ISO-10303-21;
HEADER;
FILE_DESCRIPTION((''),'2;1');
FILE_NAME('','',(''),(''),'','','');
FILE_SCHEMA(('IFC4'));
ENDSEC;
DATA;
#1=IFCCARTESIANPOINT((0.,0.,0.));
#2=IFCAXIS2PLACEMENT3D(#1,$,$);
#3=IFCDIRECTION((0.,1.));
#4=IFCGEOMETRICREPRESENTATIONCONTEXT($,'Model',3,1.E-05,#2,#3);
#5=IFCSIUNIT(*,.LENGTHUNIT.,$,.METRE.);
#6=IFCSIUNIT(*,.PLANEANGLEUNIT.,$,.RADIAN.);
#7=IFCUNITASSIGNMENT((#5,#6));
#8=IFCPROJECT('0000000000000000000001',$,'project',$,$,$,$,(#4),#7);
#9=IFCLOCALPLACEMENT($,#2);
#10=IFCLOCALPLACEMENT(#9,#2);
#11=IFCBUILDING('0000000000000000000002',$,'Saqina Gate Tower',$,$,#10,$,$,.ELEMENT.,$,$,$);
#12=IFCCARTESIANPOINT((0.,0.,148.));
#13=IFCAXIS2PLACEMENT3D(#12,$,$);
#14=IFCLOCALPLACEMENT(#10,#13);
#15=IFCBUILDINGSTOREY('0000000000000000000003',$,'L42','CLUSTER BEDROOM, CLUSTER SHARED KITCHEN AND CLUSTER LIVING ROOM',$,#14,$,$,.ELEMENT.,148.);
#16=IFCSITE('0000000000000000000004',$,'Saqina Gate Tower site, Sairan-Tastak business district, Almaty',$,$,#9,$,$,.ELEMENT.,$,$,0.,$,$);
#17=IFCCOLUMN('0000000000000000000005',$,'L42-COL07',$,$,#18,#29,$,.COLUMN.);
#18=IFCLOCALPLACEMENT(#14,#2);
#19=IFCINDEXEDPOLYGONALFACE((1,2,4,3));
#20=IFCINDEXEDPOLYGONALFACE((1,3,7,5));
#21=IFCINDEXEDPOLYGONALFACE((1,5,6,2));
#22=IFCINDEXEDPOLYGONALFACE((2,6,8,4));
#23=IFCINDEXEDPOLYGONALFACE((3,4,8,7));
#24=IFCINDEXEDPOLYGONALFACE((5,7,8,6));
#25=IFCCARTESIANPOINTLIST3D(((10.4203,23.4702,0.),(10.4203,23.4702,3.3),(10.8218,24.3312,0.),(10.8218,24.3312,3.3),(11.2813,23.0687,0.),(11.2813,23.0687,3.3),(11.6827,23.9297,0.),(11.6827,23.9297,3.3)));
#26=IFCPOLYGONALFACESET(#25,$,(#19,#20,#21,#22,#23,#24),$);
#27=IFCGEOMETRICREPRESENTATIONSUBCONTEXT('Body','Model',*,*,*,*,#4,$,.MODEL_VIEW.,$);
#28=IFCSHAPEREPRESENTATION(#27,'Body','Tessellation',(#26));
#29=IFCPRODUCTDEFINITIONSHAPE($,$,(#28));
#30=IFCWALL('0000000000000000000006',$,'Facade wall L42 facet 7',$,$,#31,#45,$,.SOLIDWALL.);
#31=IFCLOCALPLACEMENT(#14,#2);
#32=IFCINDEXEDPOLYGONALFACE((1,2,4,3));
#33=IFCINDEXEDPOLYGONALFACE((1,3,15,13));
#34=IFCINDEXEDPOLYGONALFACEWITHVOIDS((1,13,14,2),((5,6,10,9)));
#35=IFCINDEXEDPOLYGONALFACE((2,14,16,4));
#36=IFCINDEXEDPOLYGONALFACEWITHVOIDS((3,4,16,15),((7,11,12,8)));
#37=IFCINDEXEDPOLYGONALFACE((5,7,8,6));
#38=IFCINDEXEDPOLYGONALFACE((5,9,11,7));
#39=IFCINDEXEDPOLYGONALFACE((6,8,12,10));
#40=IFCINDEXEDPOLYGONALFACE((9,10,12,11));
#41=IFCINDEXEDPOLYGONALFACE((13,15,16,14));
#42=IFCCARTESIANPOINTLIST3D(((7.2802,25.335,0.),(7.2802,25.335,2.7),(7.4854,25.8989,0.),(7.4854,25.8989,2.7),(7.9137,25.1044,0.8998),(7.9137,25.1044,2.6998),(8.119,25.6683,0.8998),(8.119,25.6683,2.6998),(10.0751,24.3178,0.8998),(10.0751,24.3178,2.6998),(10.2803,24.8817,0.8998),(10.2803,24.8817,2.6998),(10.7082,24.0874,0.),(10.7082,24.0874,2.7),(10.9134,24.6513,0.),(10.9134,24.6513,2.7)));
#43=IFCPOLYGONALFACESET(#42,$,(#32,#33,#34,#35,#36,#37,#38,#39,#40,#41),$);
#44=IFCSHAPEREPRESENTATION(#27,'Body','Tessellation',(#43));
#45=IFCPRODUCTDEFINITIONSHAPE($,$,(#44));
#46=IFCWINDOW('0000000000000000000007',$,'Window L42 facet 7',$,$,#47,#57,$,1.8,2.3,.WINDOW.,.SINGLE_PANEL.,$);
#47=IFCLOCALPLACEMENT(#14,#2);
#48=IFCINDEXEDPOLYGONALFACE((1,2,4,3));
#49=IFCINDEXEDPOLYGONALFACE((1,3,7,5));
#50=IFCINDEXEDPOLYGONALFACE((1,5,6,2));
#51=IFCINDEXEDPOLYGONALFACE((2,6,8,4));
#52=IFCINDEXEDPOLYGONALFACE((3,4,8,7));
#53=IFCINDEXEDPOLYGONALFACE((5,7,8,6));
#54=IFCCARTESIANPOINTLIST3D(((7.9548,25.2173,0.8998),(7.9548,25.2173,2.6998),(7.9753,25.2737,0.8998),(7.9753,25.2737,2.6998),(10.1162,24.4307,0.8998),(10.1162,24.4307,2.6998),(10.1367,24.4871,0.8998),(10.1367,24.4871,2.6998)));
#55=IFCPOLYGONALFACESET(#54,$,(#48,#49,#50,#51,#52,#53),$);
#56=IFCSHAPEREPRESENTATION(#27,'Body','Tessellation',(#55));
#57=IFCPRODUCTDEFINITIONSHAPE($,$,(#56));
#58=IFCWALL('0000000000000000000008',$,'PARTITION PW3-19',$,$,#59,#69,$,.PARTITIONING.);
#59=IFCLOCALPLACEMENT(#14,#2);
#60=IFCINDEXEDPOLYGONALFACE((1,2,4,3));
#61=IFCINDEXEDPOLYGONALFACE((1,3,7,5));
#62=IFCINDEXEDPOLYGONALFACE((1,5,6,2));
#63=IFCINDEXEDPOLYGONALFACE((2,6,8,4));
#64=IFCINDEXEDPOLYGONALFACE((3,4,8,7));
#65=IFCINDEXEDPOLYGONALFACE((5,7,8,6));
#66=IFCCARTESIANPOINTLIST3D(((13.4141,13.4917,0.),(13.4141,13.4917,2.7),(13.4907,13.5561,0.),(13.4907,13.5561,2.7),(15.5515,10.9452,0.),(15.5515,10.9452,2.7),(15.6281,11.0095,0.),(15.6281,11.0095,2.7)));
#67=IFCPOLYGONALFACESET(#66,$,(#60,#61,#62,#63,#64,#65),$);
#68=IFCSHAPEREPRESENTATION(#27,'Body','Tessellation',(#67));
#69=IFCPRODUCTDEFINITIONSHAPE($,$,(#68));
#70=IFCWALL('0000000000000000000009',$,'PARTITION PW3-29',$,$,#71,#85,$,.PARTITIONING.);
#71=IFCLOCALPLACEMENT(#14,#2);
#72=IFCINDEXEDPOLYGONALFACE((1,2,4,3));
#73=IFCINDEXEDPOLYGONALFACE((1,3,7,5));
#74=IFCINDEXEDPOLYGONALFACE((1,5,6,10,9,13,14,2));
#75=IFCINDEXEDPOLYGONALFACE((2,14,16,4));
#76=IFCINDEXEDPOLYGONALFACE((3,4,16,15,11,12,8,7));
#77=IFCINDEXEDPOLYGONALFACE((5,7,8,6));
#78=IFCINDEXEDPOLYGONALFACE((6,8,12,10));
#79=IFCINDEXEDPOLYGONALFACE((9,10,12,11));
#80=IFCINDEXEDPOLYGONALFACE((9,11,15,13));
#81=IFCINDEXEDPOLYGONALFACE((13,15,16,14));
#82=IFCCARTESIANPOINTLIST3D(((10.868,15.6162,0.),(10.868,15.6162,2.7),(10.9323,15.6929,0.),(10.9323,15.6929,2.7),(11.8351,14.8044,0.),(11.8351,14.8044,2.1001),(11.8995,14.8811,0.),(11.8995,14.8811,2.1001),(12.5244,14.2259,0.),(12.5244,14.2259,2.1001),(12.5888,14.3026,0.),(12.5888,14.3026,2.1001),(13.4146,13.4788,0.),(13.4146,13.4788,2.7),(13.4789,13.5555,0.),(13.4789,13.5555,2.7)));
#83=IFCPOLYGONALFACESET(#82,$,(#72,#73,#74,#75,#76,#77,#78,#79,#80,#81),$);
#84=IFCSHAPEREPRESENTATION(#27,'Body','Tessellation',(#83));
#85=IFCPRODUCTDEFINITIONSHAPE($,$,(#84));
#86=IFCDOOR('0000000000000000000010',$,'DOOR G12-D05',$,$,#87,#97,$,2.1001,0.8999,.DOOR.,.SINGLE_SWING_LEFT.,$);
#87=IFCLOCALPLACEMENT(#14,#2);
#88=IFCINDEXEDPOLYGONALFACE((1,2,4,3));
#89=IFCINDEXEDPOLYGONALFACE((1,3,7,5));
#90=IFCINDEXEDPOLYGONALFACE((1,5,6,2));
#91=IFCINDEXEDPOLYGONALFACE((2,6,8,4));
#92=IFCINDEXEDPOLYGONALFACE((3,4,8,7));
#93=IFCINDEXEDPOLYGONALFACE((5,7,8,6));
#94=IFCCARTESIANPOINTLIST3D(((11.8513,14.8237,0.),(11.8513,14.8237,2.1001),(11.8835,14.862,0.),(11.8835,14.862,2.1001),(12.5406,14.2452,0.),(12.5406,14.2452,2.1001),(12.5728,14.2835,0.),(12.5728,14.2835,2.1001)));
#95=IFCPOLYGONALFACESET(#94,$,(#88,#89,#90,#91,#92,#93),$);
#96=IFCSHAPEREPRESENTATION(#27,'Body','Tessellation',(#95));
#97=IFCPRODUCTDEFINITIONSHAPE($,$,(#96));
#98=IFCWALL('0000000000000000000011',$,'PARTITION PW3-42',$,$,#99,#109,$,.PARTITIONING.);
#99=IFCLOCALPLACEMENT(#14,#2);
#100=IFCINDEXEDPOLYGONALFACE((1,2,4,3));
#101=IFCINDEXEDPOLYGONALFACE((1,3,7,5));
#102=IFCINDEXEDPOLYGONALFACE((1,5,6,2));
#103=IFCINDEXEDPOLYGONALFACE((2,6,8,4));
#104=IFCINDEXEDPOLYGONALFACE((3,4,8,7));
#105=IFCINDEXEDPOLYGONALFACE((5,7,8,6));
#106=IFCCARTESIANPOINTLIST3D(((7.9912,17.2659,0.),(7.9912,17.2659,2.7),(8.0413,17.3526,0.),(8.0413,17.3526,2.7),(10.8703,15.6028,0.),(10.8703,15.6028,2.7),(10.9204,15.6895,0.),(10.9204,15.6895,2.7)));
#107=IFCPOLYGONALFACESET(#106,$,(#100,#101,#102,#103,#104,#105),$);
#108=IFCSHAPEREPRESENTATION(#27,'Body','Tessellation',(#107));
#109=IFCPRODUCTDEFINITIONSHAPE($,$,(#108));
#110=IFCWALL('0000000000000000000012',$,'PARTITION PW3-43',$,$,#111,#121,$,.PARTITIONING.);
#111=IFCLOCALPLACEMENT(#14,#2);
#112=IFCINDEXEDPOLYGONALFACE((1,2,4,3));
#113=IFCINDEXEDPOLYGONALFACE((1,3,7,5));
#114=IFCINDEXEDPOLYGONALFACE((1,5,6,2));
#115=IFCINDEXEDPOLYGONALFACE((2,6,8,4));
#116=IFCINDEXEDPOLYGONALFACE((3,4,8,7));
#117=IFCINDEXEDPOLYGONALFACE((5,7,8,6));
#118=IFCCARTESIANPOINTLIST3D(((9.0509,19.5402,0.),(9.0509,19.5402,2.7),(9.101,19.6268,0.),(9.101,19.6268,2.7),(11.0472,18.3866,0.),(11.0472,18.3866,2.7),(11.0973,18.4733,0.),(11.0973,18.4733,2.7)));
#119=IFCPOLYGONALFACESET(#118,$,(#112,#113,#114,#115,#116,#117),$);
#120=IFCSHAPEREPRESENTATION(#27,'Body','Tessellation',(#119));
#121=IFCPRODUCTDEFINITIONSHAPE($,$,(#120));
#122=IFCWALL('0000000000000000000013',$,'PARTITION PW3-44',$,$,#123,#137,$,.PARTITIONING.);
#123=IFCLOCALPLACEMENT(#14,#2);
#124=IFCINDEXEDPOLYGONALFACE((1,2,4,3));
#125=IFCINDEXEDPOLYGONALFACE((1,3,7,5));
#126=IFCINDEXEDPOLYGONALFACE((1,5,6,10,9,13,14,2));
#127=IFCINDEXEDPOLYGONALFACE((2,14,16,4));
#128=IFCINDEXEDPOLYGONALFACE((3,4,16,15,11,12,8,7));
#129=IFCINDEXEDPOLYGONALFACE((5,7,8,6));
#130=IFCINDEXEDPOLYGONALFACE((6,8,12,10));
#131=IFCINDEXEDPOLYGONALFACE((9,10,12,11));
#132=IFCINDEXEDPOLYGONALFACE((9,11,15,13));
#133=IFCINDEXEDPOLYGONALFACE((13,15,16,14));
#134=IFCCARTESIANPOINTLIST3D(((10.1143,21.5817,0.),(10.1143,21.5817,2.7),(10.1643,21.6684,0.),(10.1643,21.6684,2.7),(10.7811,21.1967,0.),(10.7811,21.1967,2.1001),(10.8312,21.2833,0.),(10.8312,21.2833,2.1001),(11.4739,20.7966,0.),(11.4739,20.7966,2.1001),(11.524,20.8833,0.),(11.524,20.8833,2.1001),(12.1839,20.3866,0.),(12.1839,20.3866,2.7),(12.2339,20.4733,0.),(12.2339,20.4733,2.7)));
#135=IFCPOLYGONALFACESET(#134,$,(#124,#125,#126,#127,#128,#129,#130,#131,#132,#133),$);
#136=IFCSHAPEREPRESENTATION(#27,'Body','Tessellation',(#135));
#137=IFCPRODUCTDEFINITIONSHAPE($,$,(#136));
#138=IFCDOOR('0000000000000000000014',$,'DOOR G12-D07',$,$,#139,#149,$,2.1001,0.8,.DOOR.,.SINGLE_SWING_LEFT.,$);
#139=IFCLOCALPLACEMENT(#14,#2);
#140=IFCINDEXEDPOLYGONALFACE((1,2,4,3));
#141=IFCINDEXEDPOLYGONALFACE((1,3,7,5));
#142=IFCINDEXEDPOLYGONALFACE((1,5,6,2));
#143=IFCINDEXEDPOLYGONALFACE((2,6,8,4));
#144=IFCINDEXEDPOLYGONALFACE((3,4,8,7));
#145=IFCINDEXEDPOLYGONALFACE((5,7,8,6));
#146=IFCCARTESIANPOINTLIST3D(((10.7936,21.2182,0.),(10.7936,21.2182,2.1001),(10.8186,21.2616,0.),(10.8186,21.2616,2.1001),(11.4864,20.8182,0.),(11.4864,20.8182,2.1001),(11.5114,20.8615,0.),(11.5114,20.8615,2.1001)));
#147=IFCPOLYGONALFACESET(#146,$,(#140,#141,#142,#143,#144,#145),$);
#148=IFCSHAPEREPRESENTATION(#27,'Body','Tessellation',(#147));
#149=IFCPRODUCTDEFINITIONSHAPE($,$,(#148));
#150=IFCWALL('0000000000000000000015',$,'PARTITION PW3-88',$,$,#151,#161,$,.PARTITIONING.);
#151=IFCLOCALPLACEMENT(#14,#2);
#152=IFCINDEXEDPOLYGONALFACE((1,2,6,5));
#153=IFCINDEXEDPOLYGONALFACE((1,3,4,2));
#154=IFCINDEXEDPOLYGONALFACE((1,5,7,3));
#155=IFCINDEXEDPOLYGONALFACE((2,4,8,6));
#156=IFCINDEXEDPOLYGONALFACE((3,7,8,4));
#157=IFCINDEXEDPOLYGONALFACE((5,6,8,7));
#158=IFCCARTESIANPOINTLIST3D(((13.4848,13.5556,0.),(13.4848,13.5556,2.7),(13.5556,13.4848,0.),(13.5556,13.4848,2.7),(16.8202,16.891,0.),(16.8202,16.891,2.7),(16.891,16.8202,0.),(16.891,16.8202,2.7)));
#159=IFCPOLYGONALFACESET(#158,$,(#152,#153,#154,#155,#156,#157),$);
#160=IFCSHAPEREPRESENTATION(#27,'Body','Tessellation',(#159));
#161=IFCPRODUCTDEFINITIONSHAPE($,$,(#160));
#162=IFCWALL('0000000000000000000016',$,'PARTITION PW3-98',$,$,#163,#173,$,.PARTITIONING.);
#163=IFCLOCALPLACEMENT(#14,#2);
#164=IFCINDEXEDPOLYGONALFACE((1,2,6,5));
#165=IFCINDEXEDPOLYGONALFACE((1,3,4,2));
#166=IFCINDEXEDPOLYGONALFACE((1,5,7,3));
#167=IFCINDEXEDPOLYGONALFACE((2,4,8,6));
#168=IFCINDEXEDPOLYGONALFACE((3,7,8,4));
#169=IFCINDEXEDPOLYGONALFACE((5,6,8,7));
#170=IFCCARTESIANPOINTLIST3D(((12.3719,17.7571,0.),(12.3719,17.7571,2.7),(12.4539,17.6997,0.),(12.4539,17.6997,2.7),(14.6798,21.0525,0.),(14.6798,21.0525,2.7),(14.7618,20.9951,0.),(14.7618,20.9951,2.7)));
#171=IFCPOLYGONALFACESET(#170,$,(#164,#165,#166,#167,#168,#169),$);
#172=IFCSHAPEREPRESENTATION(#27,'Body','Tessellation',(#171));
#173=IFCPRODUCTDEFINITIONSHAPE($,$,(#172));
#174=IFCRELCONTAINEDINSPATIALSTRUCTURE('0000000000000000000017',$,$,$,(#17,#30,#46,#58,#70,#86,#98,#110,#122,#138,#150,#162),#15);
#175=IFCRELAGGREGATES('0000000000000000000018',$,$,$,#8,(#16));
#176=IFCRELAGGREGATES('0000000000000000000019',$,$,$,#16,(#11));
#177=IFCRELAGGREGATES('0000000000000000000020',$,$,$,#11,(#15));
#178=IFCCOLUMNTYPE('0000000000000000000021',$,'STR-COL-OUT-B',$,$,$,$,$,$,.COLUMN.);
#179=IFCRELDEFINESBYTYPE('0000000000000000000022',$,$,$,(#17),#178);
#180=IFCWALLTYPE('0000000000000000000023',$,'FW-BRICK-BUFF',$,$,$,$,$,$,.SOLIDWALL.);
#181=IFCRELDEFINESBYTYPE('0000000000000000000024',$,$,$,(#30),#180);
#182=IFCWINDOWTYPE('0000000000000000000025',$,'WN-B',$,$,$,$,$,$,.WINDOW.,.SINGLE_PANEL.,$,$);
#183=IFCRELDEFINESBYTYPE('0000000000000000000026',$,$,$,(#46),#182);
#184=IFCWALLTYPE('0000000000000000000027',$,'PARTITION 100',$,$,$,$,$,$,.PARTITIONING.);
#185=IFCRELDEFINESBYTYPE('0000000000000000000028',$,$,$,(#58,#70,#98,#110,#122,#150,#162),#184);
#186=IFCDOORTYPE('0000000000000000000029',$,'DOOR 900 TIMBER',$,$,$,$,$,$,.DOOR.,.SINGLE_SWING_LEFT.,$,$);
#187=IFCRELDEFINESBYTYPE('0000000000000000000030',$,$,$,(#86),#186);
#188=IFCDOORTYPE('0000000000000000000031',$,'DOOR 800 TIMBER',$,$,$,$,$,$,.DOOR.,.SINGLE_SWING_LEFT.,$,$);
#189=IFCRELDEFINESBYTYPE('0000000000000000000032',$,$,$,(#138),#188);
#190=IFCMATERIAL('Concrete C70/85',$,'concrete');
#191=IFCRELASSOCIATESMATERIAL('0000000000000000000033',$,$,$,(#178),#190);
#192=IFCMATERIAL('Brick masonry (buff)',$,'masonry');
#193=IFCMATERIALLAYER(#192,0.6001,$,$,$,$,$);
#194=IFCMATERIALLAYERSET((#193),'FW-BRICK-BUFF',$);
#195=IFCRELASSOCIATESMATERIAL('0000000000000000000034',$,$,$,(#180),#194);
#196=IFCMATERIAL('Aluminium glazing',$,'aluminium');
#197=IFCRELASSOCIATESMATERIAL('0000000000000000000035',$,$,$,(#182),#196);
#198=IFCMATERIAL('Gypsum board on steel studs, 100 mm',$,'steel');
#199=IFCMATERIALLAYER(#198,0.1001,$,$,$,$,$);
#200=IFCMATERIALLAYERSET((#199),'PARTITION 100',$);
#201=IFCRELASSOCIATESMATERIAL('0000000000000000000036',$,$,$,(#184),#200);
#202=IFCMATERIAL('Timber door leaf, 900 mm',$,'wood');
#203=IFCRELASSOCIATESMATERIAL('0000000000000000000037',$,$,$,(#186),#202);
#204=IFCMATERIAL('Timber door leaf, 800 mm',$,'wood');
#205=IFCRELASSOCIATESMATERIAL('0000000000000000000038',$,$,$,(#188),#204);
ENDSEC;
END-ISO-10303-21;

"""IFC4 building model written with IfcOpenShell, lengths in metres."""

from ifc_helpers import new_model, si_unit, direction, frame, frame_2d, origin, origin_2d, place, context, subcontext, project, spatial, rectangle, extrude, material, layer, layer_set, material_profile, profile_set, type_object, element, fill, save


model = new_model("IFC4")

# Units and contexts
model_context = context("Model", 3, precision=1e-05, world=origin(), true_north=direction((0.0, 1.0)))
body_context = subcontext(model_context, "Body", "Model", "MODEL_VIEW")
ifc_project = project(units=[si_unit("LENGTHUNIT", "METRE"), si_unit("PLANEANGLEUNIT", "RADIAN")], contexts=[model_context])

# Site, building, storey
site_placement = place(None, origin())
site = spatial("IfcSite", under=ifc_project, at=site_placement, Name="Saqina Gate Tower site, Sairan-Tastak business district, Almaty", CompositionType="ELEMENT", RefElevation=0.0)
building_placement = place(site_placement, origin())
building = spatial("IfcBuilding", under=site, at=building_placement, Name="Saqina Gate Tower", CompositionType="ELEMENT")
storey_placement = place(building_placement, frame((0.0, 0.0, 148.0)))
storey = spatial("IfcBuildingStorey", under=building, at=storey_placement, Name="L42", Description="CLUSTER BEDROOM, CLUSTER SHARED KITCHEN AND CLUSTER LIVING ROOM", CompositionType="ELEMENT", Elevation=148.0)

# Column
ifc_material_1 = material(Name="Concrete C70/85", Category="concrete")
ifc_material_profile = material_profile(ifc_material_1, rectangle(XDim=0.95, YDim=0.95, at=origin_2d()), Name="RC 950x950")
ifc_profile_set = profile_set([ifc_material_profile], Name="Concrete C70/85")
column_type = type_object("IfcColumnType", Name="STR-COL-OUT-B", PredefinedType="COLUMN", material=ifc_profile_set)
column_placement = place(storey_placement, frame((11.0515, 23.7, 0.0), z_axis=(0.0, 0.0, 1.0), x_axis=(0.422618, 0.906308, 0.0)))
element("IfcColumn", 1, at=column_placement, inside=storey, type_object=column_type, Name="L42-COL07", PredefinedType="COLUMN", context=body_context, shape_type="SweptSolid", body=[
    extrude(rectangle(XDim=0.95, YDim=0.95, at=origin_2d()), origin(), (0.0, 0.0, 1.0), 3.3),
])

# Wall, opening, window
ifc_material_2 = material(Name="Brick masonry (buff)", Category="masonry")
ifc_layer_1 = layer(ifc_material_2, 0.6001)
ifc_layer_set_1 = layer_set([ifc_layer_1], Name="FW-BRICK-BUFF")
wall_type_1 = type_object("IfcWallType", Name="FW-BRICK-BUFF", PredefinedType="SOLIDWALL", material=ifc_layer_set_1)
wall_1_placement = place(storey_placement, frame((10.8108, 24.3694, 0.0), z_axis=(0.0, 0.0, 1.0), x_axis=(-0.939704, 0.34199, 0.0)))
wall_1 = element("IfcWall", 2, at=wall_1_placement, inside=storey, type_object=wall_type_1, Name="Facade wall L42 facet 7", PredefinedType="SOLIDWALL", context=body_context, shape_type="SweptSolid", body=[
    extrude(rectangle(XDim=3.6479, YDim=0.6001, at=frame_2d((1.824, 0.0))), origin(), (0.0, 0.0, 1.0), 2.7),
])
opening_1_placement = place(wall_1_placement, frame((0.6738, 0.0, 0.8999)))
opening_1 = element("IfcOpeningElement", 3, at=opening_1_placement, cuts=wall_1, PredefinedType="OPENING", context=body_context, shape_type="SweptSolid", body=[
    extrude(rectangle(XDim=2.3, YDim=1.8, at=frame_2d((1.1499, 0.8999))), frame((0.0, 0.312, 0.0), z_axis=(0.0, -1.0, 0.0), x_axis=(1.0, 0.0, 0.0)), (0.0, 0.0, 1.0), 0.624),
])
ifc_material_3 = material(Name="Aluminium glazing", Category="aluminium")
window_type = type_object("IfcWindowType", Name="WN-B", PartitioningType="SINGLE_PANEL", PredefinedType="WINDOW", material=ifc_material_3)
window_placement = place(opening_1_placement, origin())
window = element("IfcWindow", 4, at=window_placement, inside=storey, type_object=window_type, Name="Window L42 facet 7", OverallHeight=1.8, OverallWidth=2.3, PartitioningType="SINGLE_PANEL", PredefinedType="WINDOW", context=body_context, shape_type="SweptSolid", body=[
    extrude(rectangle(XDim=2.3, YDim=1.8, at=frame_2d((1.1499, 0.8999))), frame((0.0, 0.1799, 0.0), z_axis=(0.0, -1.0, 0.0), x_axis=(1.0, 0.0, 0.0)), (0.0, 0.0, 1.0), 0.0601),
])
fill(opening_1, window)

# Wall
ifc_material_4 = material(Name="Gypsum board on steel studs, 100 mm", Category="steel")
ifc_layer_2 = layer(ifc_material_4, 0.1001)
ifc_layer_set_2 = layer_set([ifc_layer_2], Name="PARTITION 100")
wall_type_2 = type_object("IfcWallType", Name="PARTITION 100", PredefinedType="PARTITIONING", material=ifc_layer_set_2)
wall_2_placement = place(storey_placement, frame((13.4524, 13.5239, 0.0), z_axis=(0.0, 0.0, 1.0), x_axis=(0.642889, -0.765959, 0.0)))
element("IfcWall", 5, at=wall_2_placement, inside=storey, type_object=wall_type_2, Name="PARTITION PW3-19", PredefinedType="PARTITIONING", context=body_context, shape_type="SweptSolid", body=[
    extrude(rectangle(XDim=3.3247, YDim=0.1001, at=frame_2d((1.6624, 0.0))), origin(), (0.0, 0.0, 1.0), 2.7),
])

# Wall, opening, door
wall_3_placement = place(storey_placement, frame((10.9001, 15.6545, 0.0), z_axis=(0.0, 0.0, 1.0), x_axis=(0.765959, -0.642889, 0.0)))
wall_3 = element("IfcWall", 6, at=wall_3_placement, inside=storey, type_object=wall_type_2, Name="PARTITION PW3-29", PredefinedType="PARTITIONING", context=body_context, shape_type="SweptSolid", body=[
    extrude(rectangle(XDim=3.3247, YDim=0.1001, at=frame_2d((1.6624, 0.0))), origin(), (0.0, 0.0, 1.0), 2.7),
])
opening_2_placement = place(wall_3_placement, frame((1.2627, 0.0, 0.0)))
opening_2 = element("IfcOpeningElement", 7, at=opening_2_placement, cuts=wall_3, PredefinedType="OPENING", context=body_context, shape_type="SweptSolid", body=[
    extrude(rectangle(XDim=0.8999, YDim=2.1001, at=frame_2d((0.45, 1.05))), frame((0.0, 0.062, 0.0), z_axis=(0.0, -1.0, 0.0), x_axis=(1.0, 0.0, 0.0)), (0.0, 0.0, 1.0), 0.124),
])
ifc_material_5 = material(Name="Timber door leaf, 900 mm", Category="wood")
door_type_1 = type_object("IfcDoorType", Name="DOOR 900 TIMBER", OperationType="SINGLE_SWING_LEFT", PredefinedType="DOOR", material=ifc_material_5)
door_1_placement = place(opening_2_placement, frame((0.8999, 0.0, 0.0), z_axis=(0.0, 0.0, 1.0), x_axis=(-1.0, 0.0, 0.0)))
door_1 = element("IfcDoor", 8, at=door_1_placement, inside=storey, type_object=door_type_1, Name="DOOR G12-D05", OperationType="SINGLE_SWING_LEFT", OverallHeight=2.1001, OverallWidth=0.8999, PredefinedType="DOOR", context=body_context, shape_type="SweptSolid", body=[
    extrude(rectangle(XDim=0.8999, YDim=2.1001, at=frame_2d((0.45, 1.05))), frame((0.0, 0.0249, 0.0), z_axis=(0.0, -1.0, 0.0), x_axis=(1.0, 0.0, 0.0)), (0.0, 0.0, 1.0), 0.05),
])
fill(opening_2, door_1)

# Walls
wall_4_placement = place(storey_placement, frame((8.0161, 17.3093, 0.0), z_axis=(0.0, 0.0, 1.0), x_axis=(0.86592, -0.500182, 0.0)))
element("IfcWall", 9, at=wall_4_placement, inside=storey, type_object=wall_type_2, Name="PARTITION PW3-42", PredefinedType="PARTITIONING", context=body_context, shape_type="SweptSolid", body=[
    extrude(rectangle(XDim=3.325, YDim=0.1001, at=frame_2d((1.6626, 0.0))), origin(), (0.0, 0.0, 1.0), 2.7),
])
wall_5_placement = place(storey_placement, frame((9.0759, 19.5835, 0.0), z_axis=(0.0, 0.0, 1.0), x_axis=(0.865842, -0.500318, 0.0)))
element("IfcWall", 10, at=wall_5_placement, inside=storey, type_object=wall_type_2, Name="PARTITION PW3-43", PredefinedType="PARTITIONING", context=body_context, shape_type="SweptSolid", body=[
    extrude(rectangle(XDim=2.3057, YDim=0.1001, at=frame_2d((1.1528, 0.0))), origin(), (0.0, 0.0, 1.0), 2.7),
])

# Wall, opening, door
wall_6_placement = place(storey_placement, frame((10.1394, 21.625, 0.0), z_axis=(0.0, 0.0, 1.0), x_axis=(0.86599, -0.500061, 0.0)))
wall_6 = element("IfcWall", 11, at=wall_6_placement, inside=storey, type_object=wall_type_2, Name="PARTITION PW3-44", PredefinedType="PARTITIONING", context=body_context, shape_type="SweptSolid", body=[
    extrude(rectangle(XDim=2.3899, YDim=0.1001, at=frame_2d((1.1948, 0.0))), origin(), (0.0, 0.0, 1.0), 2.7),
])
opening_3_placement = place(wall_6_placement, frame((0.77, 0.0, 0.0)))
opening_3 = element("IfcOpeningElement", 12, at=opening_3_placement, cuts=wall_6, PredefinedType="OPENING", context=body_context, shape_type="SweptSolid", body=[
    extrude(rectangle(XDim=0.8, YDim=2.1001, at=frame_2d((0.3999, 1.05))), frame((0.0, 0.062, 0.0), z_axis=(0.0, -1.0, 0.0), x_axis=(1.0, 0.0, 0.0)), (0.0, 0.0, 1.0), 0.124),
])
ifc_material_6 = material(Name="Timber door leaf, 800 mm", Category="wood")
door_type_2 = type_object("IfcDoorType", Name="DOOR 800 TIMBER", OperationType="SINGLE_SWING_LEFT", PredefinedType="DOOR", material=ifc_material_6)
door_2_placement = place(opening_3_placement, origin())
door_2 = element("IfcDoor", 13, at=door_2_placement, inside=storey, type_object=door_type_2, Name="DOOR G12-D07", OperationType="SINGLE_SWING_LEFT", OverallHeight=2.1001, OverallWidth=0.8, PredefinedType="DOOR", context=body_context, shape_type="SweptSolid", body=[
    extrude(rectangle(XDim=0.8, YDim=2.1001, at=frame_2d((0.3999, 1.05))), frame((0.0, 0.0249, 0.0), z_axis=(0.0, -1.0, 0.0), x_axis=(1.0, 0.0, 0.0)), (0.0, 0.0, 1.0), 0.05),
])
fill(opening_3, door_2)

# Walls
wall_7_placement = place(storey_placement, frame((13.5203, 13.5203, 0.0), z_axis=(0.0, 0.0, 1.0), x_axis=(0.707107, 0.707107, 0.0)))
element("IfcWall", 14, at=wall_7_placement, inside=storey, type_object=wall_type_2, Name="PARTITION PW3-88", PredefinedType="PARTITIONING", context=body_context, shape_type="SweptSolid", body=[
    extrude(rectangle(XDim=4.717, YDim=0.1001, at=frame_2d((2.3584, 0.0))), origin(), (0.0, 0.0, 1.0), 2.7),
])
wall_8_placement = place(storey_placement, frame((12.4128, 17.7283, 0.0), z_axis=(0.0, 0.0, 1.0), x_axis=(0.573642, 0.819106, 0.0)))
element("IfcWall", 15, at=wall_8_placement, inside=storey, type_object=wall_type_2, Name="PARTITION PW3-98", PredefinedType="PARTITIONING", context=body_context, shape_type="SweptSolid", body=[
    extrude(rectangle(XDim=4.0232, YDim=0.1001, at=frame_2d((2.0117, 0.0))), origin(), (0.0, 0.0, 1.0), 2.7),
])

save(model, "model.ifc")
